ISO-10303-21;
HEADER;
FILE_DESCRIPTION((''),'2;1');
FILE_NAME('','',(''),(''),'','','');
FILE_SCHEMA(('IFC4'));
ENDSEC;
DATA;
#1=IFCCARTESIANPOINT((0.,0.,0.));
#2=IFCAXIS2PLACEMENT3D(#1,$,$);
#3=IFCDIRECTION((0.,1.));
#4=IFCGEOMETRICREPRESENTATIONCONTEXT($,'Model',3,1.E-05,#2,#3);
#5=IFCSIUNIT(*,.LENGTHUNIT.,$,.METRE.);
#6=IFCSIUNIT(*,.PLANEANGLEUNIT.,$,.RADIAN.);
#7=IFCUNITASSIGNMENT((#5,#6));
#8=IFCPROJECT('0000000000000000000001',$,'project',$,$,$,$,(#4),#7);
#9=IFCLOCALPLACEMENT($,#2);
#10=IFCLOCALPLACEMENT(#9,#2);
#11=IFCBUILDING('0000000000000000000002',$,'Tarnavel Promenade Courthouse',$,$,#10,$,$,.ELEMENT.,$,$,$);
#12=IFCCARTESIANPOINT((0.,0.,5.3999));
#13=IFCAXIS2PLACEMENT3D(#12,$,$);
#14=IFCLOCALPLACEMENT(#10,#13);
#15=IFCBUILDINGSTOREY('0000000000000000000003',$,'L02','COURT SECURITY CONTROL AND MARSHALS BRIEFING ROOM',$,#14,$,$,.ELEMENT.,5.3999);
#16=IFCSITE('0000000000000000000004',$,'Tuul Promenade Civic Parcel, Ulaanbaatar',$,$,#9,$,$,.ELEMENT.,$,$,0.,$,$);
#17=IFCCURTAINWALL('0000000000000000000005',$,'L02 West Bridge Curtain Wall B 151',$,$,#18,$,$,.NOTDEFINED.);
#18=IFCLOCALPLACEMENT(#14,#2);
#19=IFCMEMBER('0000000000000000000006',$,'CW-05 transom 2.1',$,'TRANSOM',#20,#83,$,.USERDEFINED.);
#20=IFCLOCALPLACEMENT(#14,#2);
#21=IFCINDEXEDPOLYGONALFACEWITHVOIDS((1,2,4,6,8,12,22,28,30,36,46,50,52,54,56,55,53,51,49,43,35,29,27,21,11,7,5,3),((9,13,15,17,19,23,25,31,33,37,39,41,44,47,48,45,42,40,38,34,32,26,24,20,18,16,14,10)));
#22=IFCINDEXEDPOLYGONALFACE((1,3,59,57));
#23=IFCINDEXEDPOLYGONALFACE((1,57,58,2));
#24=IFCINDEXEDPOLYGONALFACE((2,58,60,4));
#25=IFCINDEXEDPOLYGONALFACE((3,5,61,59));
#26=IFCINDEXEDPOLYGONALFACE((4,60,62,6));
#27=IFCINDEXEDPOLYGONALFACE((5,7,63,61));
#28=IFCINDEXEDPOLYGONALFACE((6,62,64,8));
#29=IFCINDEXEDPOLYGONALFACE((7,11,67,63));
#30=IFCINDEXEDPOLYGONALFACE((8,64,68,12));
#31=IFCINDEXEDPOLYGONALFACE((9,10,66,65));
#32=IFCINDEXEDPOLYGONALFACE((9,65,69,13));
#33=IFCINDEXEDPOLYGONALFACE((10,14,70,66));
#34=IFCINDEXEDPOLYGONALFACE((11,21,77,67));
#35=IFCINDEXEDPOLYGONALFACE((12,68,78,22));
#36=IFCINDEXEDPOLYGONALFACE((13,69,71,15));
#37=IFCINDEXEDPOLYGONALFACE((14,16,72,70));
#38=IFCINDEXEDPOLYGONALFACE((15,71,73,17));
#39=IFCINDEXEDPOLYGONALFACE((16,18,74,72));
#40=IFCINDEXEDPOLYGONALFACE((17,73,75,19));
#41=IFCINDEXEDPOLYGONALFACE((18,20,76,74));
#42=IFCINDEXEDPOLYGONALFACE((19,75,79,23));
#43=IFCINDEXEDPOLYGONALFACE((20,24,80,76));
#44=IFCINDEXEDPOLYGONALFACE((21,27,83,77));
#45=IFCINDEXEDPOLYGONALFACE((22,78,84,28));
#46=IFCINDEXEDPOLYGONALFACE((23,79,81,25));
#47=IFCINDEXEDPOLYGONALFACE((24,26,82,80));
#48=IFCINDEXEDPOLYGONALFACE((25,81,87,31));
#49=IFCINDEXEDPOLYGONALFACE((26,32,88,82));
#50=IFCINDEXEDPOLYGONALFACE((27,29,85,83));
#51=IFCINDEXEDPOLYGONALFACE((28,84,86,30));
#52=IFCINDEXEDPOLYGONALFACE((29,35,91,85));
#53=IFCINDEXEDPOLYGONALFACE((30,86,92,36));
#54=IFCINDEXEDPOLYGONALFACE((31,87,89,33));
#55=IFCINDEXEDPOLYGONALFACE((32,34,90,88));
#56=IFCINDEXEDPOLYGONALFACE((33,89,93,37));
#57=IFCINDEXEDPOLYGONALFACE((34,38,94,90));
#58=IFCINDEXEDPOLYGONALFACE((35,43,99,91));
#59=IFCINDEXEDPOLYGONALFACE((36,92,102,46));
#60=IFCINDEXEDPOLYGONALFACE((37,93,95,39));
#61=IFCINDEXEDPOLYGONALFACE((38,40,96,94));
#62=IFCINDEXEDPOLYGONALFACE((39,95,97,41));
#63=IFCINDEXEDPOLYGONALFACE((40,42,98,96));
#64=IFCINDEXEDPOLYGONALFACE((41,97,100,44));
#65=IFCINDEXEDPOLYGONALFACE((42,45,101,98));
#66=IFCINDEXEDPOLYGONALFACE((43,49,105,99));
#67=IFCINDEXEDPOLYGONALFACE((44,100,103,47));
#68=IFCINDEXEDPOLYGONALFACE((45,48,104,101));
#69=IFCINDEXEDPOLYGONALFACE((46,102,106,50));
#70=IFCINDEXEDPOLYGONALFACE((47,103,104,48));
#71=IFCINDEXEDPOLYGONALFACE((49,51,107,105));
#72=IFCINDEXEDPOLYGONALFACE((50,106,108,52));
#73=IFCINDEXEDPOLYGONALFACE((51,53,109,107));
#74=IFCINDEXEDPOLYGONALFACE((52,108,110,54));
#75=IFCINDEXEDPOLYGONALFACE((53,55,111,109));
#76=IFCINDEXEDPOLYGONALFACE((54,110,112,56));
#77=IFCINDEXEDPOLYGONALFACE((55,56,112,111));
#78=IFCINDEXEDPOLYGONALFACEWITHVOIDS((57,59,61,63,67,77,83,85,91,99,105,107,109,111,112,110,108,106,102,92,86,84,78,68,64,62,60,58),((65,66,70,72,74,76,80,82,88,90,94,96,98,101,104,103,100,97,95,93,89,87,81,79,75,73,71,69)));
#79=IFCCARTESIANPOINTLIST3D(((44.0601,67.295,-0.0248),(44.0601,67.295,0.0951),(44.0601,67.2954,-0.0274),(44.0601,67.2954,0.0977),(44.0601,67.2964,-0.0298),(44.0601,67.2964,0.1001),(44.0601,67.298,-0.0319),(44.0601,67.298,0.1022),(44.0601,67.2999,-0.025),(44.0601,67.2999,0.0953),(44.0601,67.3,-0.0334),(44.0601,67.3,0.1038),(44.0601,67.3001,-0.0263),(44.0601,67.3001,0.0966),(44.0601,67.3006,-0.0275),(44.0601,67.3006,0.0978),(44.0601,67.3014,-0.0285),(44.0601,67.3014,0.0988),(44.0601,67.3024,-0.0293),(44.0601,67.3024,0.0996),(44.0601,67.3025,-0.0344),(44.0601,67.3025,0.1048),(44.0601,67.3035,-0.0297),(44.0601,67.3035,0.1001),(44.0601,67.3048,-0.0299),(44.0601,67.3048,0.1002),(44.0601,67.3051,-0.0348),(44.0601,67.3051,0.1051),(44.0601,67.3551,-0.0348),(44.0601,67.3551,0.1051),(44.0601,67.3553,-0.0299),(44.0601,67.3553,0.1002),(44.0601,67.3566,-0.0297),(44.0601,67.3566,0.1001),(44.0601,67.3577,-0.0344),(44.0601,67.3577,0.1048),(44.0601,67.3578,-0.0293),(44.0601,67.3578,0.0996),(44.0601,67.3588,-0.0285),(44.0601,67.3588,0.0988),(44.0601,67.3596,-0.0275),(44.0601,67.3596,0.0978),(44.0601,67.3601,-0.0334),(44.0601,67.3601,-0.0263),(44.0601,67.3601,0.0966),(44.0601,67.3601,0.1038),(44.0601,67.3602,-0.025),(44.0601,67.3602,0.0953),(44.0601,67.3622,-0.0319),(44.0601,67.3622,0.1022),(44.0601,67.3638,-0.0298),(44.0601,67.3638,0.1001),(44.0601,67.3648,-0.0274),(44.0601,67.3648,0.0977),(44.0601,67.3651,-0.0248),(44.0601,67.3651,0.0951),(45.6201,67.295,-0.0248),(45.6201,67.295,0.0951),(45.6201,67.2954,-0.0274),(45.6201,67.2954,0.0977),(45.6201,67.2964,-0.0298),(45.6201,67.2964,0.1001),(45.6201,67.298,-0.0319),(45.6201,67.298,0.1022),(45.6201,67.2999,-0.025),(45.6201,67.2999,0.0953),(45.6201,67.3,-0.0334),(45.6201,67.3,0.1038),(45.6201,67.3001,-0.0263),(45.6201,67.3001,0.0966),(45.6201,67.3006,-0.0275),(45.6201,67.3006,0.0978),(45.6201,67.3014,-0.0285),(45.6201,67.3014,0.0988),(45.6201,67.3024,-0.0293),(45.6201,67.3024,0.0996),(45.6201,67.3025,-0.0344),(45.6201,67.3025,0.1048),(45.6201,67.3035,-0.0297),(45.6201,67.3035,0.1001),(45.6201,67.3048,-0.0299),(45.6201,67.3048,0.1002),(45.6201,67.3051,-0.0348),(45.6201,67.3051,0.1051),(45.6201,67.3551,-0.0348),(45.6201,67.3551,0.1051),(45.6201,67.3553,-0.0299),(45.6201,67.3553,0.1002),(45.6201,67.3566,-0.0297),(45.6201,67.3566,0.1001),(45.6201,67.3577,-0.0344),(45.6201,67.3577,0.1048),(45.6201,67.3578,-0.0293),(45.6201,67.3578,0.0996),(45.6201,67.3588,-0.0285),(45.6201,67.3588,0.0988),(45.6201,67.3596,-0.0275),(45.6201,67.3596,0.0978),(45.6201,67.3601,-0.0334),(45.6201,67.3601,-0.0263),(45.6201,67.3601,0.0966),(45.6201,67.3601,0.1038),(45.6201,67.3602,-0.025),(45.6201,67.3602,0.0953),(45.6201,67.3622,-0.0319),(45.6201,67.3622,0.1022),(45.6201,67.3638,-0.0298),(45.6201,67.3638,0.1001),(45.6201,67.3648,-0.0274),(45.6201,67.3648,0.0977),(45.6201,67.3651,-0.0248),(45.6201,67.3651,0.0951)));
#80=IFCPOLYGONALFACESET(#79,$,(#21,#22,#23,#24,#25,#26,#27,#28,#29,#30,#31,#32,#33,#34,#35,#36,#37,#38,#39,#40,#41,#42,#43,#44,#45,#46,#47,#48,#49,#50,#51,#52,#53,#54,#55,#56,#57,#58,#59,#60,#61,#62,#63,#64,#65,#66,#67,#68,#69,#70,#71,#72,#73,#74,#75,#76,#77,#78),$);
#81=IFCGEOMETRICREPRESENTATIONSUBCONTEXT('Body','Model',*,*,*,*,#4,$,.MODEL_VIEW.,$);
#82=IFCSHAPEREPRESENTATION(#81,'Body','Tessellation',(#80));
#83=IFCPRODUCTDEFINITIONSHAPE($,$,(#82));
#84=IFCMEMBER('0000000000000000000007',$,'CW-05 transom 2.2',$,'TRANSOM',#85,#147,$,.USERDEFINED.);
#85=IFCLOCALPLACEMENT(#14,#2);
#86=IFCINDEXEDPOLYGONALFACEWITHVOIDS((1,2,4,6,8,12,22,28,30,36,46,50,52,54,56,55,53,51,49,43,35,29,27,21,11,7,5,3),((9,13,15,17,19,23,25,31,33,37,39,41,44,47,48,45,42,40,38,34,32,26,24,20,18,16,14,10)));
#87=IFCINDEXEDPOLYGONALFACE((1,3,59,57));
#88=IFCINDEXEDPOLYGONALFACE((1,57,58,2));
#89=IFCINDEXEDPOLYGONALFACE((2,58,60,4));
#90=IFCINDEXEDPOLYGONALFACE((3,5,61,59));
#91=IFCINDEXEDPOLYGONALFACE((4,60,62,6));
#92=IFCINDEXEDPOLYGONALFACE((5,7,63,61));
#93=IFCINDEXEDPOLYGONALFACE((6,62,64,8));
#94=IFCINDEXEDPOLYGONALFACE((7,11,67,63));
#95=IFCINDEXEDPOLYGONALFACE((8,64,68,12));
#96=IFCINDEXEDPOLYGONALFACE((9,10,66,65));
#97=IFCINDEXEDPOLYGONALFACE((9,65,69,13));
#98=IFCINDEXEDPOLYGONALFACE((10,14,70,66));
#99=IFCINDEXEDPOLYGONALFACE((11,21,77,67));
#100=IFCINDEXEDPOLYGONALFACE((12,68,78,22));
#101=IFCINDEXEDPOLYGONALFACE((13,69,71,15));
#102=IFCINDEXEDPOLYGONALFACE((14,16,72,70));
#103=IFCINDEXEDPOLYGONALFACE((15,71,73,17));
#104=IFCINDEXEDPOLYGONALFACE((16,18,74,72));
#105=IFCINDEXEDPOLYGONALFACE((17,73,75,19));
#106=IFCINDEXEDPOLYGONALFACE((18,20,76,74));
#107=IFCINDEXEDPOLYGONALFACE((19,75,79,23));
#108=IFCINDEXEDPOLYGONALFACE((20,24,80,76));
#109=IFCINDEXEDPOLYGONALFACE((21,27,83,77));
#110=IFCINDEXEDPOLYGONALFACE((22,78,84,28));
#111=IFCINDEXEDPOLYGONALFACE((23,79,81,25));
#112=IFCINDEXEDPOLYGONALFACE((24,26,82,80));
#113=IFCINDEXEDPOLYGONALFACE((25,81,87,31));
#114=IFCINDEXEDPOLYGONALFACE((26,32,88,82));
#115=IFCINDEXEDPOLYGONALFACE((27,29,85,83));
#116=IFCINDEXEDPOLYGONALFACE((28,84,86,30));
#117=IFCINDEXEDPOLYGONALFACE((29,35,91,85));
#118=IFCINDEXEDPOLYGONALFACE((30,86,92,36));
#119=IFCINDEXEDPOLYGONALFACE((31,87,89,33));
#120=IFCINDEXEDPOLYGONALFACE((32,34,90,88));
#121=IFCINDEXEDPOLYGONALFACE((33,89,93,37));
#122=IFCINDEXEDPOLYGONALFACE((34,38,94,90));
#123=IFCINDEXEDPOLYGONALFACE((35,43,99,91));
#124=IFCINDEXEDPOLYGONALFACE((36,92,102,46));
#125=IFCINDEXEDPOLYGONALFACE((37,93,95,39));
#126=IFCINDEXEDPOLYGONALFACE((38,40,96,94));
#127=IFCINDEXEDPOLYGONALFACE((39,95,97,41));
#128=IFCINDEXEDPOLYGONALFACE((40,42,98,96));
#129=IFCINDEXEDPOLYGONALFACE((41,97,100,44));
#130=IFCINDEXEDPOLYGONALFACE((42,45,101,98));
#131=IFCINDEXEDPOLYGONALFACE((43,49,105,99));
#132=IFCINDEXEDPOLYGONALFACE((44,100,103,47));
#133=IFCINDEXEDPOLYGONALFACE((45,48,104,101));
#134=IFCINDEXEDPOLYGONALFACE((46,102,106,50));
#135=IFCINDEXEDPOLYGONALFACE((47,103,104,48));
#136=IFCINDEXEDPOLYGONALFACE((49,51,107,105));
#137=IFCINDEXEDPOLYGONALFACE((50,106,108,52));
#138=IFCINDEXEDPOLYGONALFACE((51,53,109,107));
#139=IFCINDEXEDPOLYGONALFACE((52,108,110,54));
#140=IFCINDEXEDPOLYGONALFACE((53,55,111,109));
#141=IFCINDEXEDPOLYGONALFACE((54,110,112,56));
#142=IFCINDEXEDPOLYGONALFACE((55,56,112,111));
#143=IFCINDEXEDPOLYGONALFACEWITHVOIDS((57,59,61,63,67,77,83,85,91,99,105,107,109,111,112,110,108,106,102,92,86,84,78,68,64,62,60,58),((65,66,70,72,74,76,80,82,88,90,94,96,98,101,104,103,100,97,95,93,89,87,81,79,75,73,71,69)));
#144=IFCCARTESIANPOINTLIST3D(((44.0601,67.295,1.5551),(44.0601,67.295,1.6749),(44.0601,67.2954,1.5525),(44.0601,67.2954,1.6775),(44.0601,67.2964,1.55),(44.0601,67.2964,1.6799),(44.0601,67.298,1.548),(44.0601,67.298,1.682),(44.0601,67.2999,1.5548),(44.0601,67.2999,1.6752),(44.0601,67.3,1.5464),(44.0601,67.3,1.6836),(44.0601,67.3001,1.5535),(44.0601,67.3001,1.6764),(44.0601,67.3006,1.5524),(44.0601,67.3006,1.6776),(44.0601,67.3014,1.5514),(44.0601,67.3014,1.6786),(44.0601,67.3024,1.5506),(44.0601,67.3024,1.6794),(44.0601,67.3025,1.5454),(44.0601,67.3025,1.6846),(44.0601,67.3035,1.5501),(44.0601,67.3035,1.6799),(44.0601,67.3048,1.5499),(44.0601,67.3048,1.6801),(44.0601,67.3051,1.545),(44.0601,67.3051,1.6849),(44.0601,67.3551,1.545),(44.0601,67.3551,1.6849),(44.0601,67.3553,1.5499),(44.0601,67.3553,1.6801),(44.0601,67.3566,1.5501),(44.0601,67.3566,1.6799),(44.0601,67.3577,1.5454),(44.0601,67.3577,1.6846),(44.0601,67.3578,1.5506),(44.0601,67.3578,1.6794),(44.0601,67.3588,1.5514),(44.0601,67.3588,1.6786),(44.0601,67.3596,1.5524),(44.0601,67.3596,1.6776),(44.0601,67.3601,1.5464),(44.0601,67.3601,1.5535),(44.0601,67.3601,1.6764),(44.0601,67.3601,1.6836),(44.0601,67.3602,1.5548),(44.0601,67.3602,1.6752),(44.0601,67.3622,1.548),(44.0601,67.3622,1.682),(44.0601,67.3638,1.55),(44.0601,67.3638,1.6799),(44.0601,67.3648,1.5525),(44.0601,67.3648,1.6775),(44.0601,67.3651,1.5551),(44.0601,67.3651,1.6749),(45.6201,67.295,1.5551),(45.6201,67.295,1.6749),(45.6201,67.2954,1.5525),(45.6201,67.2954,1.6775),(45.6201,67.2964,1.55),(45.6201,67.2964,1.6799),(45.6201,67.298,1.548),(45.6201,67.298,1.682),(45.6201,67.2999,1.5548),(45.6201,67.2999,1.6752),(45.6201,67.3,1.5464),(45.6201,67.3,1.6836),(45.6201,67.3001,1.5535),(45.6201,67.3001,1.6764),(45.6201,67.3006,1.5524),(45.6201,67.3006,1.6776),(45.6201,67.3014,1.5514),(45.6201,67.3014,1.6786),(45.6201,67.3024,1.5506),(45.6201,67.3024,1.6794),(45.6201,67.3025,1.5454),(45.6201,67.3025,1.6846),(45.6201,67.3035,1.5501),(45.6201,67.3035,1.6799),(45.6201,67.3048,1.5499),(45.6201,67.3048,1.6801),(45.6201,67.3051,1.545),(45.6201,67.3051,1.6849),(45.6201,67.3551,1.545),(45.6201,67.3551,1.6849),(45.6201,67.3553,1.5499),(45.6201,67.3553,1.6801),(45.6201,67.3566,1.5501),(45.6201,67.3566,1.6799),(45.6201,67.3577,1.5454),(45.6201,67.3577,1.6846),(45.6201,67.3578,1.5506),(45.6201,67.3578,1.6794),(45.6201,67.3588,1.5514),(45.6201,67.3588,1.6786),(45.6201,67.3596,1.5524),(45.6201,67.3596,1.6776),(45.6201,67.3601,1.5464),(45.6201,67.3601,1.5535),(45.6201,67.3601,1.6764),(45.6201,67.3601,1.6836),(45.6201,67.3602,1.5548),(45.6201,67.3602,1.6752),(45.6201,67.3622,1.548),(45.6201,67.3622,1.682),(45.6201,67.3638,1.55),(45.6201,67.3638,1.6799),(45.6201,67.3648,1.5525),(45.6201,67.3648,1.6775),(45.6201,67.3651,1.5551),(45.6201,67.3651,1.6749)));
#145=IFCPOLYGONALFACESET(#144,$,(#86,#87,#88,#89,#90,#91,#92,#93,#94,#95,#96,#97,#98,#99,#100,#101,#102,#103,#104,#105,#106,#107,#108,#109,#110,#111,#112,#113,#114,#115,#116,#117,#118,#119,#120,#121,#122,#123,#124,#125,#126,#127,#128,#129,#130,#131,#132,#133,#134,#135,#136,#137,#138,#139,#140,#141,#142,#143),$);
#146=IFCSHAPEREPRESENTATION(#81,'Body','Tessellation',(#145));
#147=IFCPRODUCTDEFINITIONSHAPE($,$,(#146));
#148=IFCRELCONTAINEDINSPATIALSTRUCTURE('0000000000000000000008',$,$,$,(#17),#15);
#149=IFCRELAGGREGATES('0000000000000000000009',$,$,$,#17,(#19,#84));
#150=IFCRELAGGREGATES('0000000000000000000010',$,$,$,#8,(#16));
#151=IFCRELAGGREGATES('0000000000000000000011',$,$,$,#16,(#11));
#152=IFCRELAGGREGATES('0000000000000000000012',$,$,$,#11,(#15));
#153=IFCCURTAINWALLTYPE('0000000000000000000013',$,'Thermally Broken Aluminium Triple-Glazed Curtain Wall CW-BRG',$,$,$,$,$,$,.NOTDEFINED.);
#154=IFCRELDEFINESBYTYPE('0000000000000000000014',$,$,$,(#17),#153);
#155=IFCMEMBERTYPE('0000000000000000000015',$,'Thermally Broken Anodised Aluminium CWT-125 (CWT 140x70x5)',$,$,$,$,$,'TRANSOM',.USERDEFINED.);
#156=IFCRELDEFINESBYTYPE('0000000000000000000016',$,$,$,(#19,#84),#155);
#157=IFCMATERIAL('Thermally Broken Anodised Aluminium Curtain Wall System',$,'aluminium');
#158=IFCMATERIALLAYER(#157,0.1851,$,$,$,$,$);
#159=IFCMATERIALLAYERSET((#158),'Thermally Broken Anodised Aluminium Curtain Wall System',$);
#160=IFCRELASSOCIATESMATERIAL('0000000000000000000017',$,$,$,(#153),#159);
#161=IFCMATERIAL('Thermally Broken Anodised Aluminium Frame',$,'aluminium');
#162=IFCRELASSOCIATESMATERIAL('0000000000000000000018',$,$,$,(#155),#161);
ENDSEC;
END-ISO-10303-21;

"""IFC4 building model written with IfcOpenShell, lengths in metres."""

from ifc_helpers import new_model, si_unit, direction, frame, origin, origin_2d, place, context, subcontext, project, spatial, hollow_rectangle, extrude, material, layer, layer_set, material_profile, profile_set, type_object, element, aggregate, save


model = new_model("IFC4")

# Units and contexts
model_context = context("Model", 3, precision=1e-05, world=origin(), true_north=direction((0.0, 1.0)))
body_context = subcontext(model_context, "Body", "Model", "MODEL_VIEW")
ifc_project = project(units=[si_unit("LENGTHUNIT", "METRE"), si_unit("PLANEANGLEUNIT", "RADIAN")], contexts=[model_context])

# Site, building, storey
site_placement = place(None, origin())
site = spatial("IfcSite", under=ifc_project, at=site_placement, Name="Tuul Promenade Civic Parcel, Ulaanbaatar", CompositionType="ELEMENT", RefElevation=0.0)
building_placement = place(site_placement, origin())
building = spatial("IfcBuilding", under=site, at=building_placement, Name="Tarnavel Promenade Courthouse", CompositionType="ELEMENT")
storey_placement = place(building_placement, frame((0.0, 0.0, 5.3999)))
storey = spatial("IfcBuildingStorey", under=building, at=storey_placement, Name="L02", Description="COURT SECURITY CONTROL AND MARSHALS BRIEFING ROOM", CompositionType="ELEMENT", Elevation=5.3999)

# Shared definitions
ifc_material_1 = material(Name="Thermally Broken Anodised Aluminium Curtain Wall System", Category="aluminium")
ifc_layer_1 = layer(ifc_material_1, 0.1851)
ifc_layer_set_1 = layer_set([ifc_layer_1], Name="Thermally Broken Anodised Aluminium Curtain Wall System")
curtain_wall_type = type_object("IfcCurtainWallType", Name="Thermally Broken Aluminium Triple-Glazed Curtain Wall CW-BRG", PredefinedType="NOTDEFINED", material=ifc_layer_set_1)
ifc_material_2 = material(Name="Thermally Broken Anodised Aluminium Frame", Category="aluminium")

# Curtain wall
curtain_wall_1_placement = place(storey_placement, origin())
curtain_wall_1 = element("IfcCurtainWall", 1, at=curtain_wall_1_placement, inside=storey, type_object=curtain_wall_type, Name="L02 West Bridge Curtain Wall B 151", PredefinedType="NOTDEFINED")

# Members
ifc_material_profile_1 = material_profile(ifc_material_2, hollow_rectangle(XDim=0.0701, YDim=0.1399, WallThickness=0.0049, InnerFilletRadius=0.0049, OuterFilletRadius=0.01, at=origin_2d()), Name="CWT 140x70x5")
ifc_profile_set_1 = profile_set([ifc_material_profile_1], Name="Thermally Broken Anodised Aluminium Frame")
member_type_1 = type_object("IfcMemberType", Name="Thermally Broken Anodised Aluminium CWT-125 (CWT 140x70x5)", ElementType="TRANSOM", PredefinedType="USERDEFINED", material=ifc_profile_set_1)
member_1_placement = place(storey_placement, frame((44.0601, 67.3301, 0.0352), z_axis=(1.0, 0.0, 0.0), x_axis=(0.0, 1.0, 0.0)))
member_1 = element("IfcMember", 2, at=member_1_placement, type_object=member_type_1, Name="CW-05 transom 2.1", ObjectType="TRANSOM", PredefinedType="USERDEFINED", context=body_context, shape_type="SweptSolid", body=[
    extrude(hollow_rectangle(XDim=0.0701, YDim=0.1399, WallThickness=0.0049, InnerFilletRadius=0.0049, OuterFilletRadius=0.01, at=origin_2d()), origin(), (0.0, 0.0, 1.0), 1.5601),
])
member_2_placement = place(storey_placement, frame((44.0601, 67.3301, 1.615), z_axis=(1.0, 0.0, 0.0), x_axis=(0.0, 1.0, 0.0)))
member_2 = element("IfcMember", 3, at=member_2_placement, type_object=member_type_1, Name="CW-05 transom 2.2", ObjectType="TRANSOM", PredefinedType="USERDEFINED", context=body_context, shape_type="SweptSolid", body=[
    extrude(hollow_rectangle(XDim=0.0701, YDim=0.1399, WallThickness=0.0049, InnerFilletRadius=0.0049, OuterFilletRadius=0.01, at=origin_2d()), origin(), (0.0, 0.0, 1.0), 1.5601),
])

aggregate(curtain_wall_1, [member_1, member_2])

save(model, "model.ifc")
